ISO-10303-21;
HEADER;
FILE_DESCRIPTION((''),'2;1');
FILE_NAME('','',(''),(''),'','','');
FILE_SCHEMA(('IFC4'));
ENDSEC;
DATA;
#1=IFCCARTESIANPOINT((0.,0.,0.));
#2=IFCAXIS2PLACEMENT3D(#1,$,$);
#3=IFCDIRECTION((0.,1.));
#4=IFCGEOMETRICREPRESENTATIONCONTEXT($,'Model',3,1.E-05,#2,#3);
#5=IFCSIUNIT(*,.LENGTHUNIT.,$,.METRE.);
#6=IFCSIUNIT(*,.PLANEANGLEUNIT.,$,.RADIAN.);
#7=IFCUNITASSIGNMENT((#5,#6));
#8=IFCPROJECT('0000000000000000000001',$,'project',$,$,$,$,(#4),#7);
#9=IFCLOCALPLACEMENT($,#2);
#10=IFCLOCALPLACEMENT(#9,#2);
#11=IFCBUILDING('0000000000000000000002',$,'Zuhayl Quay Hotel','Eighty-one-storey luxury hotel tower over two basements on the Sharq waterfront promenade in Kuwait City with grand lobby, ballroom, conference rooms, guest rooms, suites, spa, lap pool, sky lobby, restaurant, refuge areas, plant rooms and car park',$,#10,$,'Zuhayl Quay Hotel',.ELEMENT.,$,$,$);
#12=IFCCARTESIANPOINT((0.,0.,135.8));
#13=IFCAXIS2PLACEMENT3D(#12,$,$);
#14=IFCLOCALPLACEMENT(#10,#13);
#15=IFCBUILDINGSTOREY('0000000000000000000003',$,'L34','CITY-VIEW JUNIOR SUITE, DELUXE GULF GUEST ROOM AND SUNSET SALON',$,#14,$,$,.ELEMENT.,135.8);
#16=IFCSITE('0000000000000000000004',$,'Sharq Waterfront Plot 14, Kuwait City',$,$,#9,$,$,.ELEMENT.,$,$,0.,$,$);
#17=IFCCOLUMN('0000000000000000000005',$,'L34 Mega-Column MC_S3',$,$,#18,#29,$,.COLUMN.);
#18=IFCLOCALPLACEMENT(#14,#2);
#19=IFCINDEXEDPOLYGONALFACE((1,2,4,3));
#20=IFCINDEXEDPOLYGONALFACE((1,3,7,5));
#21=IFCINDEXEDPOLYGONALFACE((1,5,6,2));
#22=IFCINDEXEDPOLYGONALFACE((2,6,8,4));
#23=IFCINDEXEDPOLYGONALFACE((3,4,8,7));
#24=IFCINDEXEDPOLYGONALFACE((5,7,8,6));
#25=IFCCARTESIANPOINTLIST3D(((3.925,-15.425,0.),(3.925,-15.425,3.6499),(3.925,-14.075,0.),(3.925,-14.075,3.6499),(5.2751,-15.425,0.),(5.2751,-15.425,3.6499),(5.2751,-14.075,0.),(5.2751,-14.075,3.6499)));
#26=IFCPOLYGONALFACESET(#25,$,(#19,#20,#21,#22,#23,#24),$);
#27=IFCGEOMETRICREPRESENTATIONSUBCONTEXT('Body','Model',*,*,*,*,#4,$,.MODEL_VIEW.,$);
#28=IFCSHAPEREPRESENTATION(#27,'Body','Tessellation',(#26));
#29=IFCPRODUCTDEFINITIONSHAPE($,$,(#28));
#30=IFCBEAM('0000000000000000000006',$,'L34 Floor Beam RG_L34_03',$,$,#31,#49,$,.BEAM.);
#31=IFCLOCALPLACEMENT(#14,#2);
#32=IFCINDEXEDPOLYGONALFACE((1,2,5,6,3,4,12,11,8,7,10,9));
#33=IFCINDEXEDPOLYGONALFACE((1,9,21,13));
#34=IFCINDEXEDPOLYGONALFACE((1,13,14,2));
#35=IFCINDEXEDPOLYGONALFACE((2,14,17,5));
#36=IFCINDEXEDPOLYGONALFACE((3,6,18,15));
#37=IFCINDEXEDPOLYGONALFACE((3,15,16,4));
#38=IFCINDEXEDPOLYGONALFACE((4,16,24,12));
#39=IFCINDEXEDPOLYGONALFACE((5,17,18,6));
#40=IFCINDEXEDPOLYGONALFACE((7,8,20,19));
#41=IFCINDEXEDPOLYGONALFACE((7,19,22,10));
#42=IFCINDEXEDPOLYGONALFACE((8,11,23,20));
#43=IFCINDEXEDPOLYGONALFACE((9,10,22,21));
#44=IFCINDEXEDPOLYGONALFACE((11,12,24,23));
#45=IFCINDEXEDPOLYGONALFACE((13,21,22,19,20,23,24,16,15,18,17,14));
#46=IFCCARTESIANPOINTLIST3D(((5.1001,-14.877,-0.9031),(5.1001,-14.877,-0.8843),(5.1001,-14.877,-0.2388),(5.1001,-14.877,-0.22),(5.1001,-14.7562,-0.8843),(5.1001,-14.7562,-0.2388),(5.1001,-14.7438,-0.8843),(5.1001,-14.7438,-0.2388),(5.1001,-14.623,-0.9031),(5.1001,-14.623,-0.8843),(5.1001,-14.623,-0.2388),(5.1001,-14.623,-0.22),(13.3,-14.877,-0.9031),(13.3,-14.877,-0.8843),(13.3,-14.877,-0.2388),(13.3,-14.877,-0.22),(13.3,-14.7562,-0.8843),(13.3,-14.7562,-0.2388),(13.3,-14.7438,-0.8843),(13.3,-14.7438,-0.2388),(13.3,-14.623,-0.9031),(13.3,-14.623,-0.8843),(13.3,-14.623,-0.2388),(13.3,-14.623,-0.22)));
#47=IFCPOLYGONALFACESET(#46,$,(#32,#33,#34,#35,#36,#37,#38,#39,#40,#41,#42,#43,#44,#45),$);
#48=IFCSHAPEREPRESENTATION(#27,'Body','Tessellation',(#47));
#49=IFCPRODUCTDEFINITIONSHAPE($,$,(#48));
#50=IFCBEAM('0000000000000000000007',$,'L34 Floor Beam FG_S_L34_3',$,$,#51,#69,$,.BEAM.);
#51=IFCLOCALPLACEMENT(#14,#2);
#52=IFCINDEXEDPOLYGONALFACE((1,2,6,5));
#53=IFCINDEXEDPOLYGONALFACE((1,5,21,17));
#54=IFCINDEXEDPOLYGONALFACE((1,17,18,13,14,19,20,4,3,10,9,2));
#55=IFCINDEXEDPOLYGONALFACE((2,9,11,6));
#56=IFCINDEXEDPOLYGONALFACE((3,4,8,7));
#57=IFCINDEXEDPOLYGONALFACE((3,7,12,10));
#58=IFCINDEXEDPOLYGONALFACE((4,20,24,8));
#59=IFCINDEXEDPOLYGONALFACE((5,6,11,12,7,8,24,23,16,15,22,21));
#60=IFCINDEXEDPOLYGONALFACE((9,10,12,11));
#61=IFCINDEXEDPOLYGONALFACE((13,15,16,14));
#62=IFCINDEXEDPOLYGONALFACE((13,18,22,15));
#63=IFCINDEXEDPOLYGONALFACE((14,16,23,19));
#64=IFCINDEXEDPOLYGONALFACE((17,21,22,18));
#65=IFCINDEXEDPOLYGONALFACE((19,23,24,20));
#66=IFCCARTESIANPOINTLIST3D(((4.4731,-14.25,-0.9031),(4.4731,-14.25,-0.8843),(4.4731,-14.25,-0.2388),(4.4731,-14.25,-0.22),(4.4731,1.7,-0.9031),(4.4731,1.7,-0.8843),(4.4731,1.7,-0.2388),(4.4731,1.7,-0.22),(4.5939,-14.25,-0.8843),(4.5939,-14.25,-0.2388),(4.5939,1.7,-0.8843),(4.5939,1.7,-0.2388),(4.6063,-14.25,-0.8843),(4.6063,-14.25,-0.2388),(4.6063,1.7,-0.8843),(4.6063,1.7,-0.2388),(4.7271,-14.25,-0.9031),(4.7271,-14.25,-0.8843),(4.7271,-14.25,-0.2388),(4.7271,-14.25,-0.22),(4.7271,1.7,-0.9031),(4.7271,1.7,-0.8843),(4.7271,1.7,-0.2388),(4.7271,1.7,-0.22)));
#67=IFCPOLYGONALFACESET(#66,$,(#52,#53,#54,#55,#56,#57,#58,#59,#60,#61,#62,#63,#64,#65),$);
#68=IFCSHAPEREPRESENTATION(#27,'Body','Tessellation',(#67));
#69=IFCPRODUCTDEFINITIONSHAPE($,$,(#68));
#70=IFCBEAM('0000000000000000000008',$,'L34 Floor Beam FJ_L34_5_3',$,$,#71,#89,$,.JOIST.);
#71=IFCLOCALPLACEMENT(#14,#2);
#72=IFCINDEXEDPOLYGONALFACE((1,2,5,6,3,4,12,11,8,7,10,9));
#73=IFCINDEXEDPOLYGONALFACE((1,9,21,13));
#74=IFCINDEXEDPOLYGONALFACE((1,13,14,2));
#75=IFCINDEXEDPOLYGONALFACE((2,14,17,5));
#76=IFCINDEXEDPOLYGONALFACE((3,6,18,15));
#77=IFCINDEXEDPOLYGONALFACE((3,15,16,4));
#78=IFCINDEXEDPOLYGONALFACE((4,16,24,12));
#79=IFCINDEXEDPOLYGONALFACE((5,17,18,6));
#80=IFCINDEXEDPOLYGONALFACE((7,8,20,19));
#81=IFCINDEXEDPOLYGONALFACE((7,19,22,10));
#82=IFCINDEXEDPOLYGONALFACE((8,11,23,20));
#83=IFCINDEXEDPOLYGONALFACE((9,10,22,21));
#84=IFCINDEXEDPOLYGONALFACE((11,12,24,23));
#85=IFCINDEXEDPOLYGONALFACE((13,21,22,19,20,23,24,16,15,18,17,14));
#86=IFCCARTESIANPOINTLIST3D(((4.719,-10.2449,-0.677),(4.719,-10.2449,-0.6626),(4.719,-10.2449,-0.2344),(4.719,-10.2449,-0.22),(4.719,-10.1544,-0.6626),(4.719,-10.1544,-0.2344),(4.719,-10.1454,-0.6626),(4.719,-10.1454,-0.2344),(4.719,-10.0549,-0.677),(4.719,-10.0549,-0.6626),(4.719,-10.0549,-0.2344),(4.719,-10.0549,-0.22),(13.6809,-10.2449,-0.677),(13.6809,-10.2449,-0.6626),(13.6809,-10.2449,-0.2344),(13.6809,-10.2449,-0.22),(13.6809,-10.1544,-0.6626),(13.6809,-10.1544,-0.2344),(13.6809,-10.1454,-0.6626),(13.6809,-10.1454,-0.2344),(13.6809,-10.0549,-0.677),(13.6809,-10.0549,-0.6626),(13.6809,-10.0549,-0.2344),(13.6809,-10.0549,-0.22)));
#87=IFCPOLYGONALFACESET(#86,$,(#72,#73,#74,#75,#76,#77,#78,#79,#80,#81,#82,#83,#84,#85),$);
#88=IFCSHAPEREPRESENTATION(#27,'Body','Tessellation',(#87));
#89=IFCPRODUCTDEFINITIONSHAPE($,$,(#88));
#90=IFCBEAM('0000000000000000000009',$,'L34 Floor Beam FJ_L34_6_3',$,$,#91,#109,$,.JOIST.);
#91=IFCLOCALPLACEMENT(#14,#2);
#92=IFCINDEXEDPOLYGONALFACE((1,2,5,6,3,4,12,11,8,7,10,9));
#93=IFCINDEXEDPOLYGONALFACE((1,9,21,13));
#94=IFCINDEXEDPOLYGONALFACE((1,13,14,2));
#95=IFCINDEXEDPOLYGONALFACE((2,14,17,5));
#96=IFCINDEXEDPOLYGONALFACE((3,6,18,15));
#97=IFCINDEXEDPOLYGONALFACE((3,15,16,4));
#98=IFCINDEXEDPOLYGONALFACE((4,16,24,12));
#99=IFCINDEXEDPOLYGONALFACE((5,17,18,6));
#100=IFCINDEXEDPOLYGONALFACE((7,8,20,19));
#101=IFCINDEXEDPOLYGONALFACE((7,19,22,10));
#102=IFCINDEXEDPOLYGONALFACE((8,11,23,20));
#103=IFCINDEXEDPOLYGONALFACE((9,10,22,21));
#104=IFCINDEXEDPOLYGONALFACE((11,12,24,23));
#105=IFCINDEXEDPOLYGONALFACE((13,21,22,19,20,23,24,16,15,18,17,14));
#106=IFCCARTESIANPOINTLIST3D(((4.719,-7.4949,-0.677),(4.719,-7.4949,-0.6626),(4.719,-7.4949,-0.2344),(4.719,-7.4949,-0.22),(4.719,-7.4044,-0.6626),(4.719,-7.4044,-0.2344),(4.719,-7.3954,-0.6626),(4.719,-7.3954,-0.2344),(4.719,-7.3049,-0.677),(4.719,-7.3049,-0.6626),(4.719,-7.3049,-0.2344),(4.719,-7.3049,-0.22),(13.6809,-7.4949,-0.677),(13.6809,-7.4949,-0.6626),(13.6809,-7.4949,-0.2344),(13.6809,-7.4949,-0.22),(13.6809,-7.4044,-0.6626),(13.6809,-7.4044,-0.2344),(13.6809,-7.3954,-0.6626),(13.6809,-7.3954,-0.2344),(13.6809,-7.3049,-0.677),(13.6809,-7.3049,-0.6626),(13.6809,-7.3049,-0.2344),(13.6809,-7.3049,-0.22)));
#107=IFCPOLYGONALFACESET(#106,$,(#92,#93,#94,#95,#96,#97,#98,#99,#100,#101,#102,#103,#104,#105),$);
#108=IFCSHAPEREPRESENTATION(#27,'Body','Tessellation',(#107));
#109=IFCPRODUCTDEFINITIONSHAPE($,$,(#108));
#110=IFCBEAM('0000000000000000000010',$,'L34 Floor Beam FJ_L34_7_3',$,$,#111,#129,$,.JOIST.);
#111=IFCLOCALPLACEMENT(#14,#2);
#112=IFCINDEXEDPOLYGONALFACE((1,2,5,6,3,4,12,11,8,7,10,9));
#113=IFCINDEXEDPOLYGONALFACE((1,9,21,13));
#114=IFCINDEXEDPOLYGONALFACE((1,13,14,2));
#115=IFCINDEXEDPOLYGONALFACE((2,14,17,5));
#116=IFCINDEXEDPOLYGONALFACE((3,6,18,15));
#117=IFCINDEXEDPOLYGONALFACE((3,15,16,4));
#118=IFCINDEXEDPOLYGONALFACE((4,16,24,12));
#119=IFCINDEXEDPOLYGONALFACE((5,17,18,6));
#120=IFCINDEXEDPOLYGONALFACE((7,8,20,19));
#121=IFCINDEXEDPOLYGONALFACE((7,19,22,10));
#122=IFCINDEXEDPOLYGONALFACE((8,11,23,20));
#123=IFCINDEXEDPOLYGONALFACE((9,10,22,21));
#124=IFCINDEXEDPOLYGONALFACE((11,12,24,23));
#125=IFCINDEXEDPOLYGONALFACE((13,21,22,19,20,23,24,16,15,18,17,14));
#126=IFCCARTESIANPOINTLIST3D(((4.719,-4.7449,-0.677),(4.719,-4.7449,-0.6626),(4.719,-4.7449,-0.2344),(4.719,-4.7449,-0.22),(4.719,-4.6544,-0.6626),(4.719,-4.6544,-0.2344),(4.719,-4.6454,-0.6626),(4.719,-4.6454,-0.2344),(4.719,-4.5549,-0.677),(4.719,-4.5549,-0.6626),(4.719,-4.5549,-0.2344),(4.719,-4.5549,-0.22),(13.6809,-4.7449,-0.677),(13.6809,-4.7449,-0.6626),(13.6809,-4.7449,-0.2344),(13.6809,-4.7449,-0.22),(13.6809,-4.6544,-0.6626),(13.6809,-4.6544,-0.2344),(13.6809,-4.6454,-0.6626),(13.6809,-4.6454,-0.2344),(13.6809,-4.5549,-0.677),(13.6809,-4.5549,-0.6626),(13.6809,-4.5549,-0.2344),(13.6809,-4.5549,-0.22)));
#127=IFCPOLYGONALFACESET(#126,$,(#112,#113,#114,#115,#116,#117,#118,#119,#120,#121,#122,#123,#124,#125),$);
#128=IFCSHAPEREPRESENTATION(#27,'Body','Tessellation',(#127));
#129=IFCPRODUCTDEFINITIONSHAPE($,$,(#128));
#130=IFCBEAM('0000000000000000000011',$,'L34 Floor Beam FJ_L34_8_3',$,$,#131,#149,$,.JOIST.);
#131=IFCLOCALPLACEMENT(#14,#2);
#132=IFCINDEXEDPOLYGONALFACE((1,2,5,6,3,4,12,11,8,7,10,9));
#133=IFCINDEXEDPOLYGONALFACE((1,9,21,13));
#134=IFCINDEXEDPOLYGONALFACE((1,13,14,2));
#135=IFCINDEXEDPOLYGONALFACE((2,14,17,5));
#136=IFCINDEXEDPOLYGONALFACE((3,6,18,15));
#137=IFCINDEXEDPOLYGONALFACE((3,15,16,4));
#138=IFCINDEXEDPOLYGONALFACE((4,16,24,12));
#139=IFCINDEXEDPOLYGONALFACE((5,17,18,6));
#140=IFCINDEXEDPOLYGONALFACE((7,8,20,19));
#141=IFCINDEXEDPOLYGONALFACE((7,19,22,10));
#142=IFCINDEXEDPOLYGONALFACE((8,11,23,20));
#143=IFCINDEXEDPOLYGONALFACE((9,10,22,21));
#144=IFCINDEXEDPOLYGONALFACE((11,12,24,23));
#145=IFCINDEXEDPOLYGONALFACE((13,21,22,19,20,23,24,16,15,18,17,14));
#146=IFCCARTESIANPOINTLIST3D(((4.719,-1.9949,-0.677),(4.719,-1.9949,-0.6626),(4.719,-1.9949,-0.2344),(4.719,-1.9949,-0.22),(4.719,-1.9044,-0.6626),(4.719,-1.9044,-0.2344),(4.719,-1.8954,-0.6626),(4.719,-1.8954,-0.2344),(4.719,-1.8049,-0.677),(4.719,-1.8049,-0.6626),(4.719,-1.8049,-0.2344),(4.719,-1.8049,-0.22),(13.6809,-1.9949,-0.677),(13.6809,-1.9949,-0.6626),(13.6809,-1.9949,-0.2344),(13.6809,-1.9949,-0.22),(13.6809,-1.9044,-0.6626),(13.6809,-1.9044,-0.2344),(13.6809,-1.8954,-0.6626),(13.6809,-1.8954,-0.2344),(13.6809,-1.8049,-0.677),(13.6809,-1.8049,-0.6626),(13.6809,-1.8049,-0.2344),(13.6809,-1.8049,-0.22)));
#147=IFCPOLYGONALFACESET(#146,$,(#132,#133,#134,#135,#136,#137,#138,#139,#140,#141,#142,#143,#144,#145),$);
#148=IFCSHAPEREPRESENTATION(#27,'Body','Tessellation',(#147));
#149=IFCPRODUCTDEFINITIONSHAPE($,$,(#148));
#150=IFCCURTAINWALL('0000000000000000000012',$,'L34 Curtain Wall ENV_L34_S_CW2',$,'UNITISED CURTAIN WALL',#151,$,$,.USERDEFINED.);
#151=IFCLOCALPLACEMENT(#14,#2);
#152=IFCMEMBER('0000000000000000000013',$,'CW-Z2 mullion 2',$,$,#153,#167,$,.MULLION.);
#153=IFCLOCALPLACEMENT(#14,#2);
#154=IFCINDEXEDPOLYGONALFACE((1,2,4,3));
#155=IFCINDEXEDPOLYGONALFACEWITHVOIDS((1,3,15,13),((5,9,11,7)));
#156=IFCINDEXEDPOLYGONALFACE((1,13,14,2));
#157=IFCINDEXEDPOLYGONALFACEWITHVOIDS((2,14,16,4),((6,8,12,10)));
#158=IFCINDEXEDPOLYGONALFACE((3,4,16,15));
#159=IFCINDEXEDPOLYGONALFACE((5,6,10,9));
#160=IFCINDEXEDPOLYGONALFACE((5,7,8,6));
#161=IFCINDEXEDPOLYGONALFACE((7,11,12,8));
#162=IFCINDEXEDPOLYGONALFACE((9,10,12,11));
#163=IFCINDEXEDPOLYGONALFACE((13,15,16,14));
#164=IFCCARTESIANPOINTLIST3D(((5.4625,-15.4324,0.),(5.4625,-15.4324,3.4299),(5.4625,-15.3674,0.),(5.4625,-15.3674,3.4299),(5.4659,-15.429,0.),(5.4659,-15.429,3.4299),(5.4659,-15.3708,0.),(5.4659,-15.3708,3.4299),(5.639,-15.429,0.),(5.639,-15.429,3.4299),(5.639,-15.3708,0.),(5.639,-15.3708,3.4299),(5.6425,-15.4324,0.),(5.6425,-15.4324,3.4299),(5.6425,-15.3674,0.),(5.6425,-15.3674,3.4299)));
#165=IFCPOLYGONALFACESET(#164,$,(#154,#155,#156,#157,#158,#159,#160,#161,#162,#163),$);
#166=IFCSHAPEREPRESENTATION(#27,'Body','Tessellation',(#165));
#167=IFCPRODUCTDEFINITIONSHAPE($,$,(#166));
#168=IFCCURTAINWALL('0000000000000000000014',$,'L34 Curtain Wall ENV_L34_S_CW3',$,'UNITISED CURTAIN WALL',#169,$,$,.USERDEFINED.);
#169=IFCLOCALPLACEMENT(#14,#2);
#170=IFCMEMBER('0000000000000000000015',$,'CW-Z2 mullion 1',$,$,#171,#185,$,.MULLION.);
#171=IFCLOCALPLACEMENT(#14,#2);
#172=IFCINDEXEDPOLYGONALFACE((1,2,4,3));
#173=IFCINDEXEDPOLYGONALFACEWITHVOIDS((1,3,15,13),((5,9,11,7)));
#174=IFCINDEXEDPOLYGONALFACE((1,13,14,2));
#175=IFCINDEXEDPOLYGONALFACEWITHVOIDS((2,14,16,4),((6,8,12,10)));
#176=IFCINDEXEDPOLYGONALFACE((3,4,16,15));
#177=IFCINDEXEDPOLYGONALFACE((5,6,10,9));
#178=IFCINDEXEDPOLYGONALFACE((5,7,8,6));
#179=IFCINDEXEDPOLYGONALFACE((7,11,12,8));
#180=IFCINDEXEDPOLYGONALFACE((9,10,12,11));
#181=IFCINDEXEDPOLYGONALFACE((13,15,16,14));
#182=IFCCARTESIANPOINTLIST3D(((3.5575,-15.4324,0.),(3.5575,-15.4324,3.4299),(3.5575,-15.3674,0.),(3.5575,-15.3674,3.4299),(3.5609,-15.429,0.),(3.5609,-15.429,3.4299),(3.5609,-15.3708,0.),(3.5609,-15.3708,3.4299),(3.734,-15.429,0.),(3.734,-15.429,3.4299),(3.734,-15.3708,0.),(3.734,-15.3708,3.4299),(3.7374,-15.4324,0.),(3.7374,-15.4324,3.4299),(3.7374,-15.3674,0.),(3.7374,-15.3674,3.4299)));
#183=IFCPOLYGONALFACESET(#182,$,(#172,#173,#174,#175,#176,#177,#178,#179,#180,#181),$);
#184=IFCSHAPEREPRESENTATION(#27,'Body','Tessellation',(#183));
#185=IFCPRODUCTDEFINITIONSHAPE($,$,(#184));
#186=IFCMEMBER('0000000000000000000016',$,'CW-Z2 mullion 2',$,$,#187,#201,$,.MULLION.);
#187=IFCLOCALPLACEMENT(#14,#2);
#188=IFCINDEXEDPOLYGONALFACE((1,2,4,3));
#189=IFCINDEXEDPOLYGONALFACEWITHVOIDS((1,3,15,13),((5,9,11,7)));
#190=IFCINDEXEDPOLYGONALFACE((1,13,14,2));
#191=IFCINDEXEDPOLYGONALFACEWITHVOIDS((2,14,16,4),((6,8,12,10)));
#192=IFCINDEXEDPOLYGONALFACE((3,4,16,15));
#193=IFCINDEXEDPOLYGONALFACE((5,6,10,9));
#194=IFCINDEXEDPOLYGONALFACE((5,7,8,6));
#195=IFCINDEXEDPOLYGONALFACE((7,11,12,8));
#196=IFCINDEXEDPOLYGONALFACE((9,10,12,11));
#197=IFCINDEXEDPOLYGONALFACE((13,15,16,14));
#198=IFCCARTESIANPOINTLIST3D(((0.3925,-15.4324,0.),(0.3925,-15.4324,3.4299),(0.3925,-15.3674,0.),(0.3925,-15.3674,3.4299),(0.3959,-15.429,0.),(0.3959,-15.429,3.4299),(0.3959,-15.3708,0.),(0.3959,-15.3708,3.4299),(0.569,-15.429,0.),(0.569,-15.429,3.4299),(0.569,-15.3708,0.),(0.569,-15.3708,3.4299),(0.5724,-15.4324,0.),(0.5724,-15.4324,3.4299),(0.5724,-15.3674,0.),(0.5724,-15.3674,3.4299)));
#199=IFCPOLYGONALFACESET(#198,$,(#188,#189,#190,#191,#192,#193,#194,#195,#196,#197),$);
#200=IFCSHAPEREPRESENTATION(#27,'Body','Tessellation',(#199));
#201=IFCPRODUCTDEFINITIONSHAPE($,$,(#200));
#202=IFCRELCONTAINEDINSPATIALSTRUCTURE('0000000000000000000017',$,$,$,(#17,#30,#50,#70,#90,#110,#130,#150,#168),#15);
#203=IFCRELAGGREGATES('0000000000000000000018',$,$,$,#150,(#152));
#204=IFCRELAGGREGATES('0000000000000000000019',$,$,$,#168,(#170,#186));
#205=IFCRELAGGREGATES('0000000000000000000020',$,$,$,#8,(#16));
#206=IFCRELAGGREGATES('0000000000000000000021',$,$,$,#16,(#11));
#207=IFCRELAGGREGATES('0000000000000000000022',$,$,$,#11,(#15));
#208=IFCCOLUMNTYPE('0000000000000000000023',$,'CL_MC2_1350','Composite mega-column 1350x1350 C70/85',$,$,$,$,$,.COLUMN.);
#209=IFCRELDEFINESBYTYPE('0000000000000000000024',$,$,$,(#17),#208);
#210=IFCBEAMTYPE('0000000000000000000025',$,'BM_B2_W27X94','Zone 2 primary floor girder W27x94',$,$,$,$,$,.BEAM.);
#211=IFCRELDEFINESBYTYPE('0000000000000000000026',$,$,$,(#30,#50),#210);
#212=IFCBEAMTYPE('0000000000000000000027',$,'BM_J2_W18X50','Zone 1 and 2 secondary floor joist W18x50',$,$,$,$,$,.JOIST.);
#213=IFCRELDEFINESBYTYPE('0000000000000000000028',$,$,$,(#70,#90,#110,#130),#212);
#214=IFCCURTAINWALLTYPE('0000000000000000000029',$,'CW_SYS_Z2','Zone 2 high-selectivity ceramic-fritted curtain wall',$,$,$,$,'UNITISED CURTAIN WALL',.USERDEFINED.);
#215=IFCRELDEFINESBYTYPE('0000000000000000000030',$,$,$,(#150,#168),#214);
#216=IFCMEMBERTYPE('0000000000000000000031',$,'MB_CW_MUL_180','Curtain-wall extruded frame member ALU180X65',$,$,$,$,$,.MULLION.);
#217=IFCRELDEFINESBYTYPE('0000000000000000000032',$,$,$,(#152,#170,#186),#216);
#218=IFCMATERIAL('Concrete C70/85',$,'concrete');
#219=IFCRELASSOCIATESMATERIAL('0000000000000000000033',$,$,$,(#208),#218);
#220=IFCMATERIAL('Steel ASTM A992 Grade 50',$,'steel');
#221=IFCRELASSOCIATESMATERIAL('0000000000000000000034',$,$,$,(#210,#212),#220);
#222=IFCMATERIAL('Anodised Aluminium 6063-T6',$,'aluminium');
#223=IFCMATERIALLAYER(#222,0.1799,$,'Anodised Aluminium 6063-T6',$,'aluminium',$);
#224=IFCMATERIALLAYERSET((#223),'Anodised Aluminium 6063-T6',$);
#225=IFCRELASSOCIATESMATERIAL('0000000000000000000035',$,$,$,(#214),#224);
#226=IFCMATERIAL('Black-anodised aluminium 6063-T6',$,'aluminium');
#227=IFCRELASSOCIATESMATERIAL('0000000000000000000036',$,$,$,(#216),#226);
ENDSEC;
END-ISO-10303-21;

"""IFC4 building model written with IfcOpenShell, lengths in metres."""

from ifc_helpers import new_model, si_unit, direction, frame, origin, origin_2d, place, context, subcontext, project, spatial, rectangle, hollow_rectangle, i_section, extrude, material, layer, layer_set, material_profile, profile_set, type_object, element, aggregate, save


model = new_model("IFC4")

# Units and contexts
model_context = context("Model", 3, precision=1e-05, world=origin(), true_north=direction((0.0, 1.0)))
body_context = subcontext(model_context, "Body", "Model", "MODEL_VIEW")
ifc_project = project(units=[si_unit("LENGTHUNIT", "METRE"), si_unit("PLANEANGLEUNIT", "RADIAN")], contexts=[model_context])

# Site, building, storey
site_placement = place(None, origin())
site = spatial("IfcSite", under=ifc_project, at=site_placement, Name="Sharq Waterfront Plot 14, Kuwait City", CompositionType="ELEMENT", RefElevation=0.0)
building_placement = place(site_placement, origin())
building = spatial("IfcBuilding", under=site, at=building_placement, Name="Zuhayl Quay Hotel", Description="Eighty-one-storey luxury hotel tower over two basements on the Sharq waterfront promenade in Kuwait City with grand lobby, ballroom, conference rooms, guest rooms, suites, spa, lap pool, sky lobby, restaurant, refuge areas, plant rooms and car park", LongName="Zuhayl Quay Hotel", CompositionType="ELEMENT")
storey_placement = place(building_placement, frame((0.0, 0.0, 135.8)))
storey = spatial("IfcBuildingStorey", under=building, at=storey_placement, Name="L34", Description="CITY-VIEW JUNIOR SUITE, DELUXE GULF GUEST ROOM AND SUNSET SALON", CompositionType="ELEMENT", Elevation=135.8)

# Column
ifc_material_1 = material(Name="Concrete C70/85", Category="concrete")
ifc_material_profile_1 = material_profile(ifc_material_1, rectangle(XDim=1.3501, YDim=1.3501, at=origin_2d()), Name="RC1350X1350")
ifc_profile_set_1 = profile_set([ifc_material_profile_1], Name="Concrete C70/85")
column_type = type_object("IfcColumnType", Name="CL_MC2_1350", Description="Composite mega-column 1350x1350 C70/85", PredefinedType="COLUMN", material=ifc_profile_set_1)
column_placement = place(storey_placement, frame((4.6001, -14.75, 0.0), z_axis=(0.0, 0.0, 1.0), x_axis=(1.0, 0.0, 0.0)))
element("IfcColumn", 1, at=column_placement, inside=storey, type_object=column_type, Name="L34 Mega-Column MC_S3", PredefinedType="COLUMN", context=body_context, shape_type="SweptSolid", body=[
    extrude(rectangle(XDim=1.3501, YDim=1.3501, at=origin_2d()), origin(), (0.0, 0.0, 1.0), 3.6499),
])

# Beams
ifc_material_2 = material(Name="Steel ASTM A992 Grade 50", Category="steel")
ifc_material_profile_2 = material_profile(ifc_material_2, i_section(OverallWidth=0.2539, OverallDepth=0.6831, WebThickness=0.0125, FlangeThickness=0.0188, at=origin_2d()), Name="W27X94")
ifc_profile_set_2 = profile_set([ifc_material_profile_2], Name="Steel ASTM A992 Grade 50")
beam_type_1 = type_object("IfcBeamType", Name="BM_B2_W27X94", Description="Zone 2 primary floor girder W27x94", PredefinedType="BEAM", material=ifc_profile_set_2)
beam_1_placement = place(storey_placement, frame((5.1001, -14.75, -0.5615), z_axis=(1.0, 0.0, 0.0), x_axis=(0.0, 1.0, 0.0)))
element("IfcBeam", 2, at=beam_1_placement, inside=storey, type_object=beam_type_1, Name="L34 Floor Beam RG_L34_03", PredefinedType="BEAM", context=body_context, shape_type="SweptSolid", body=[
    extrude(i_section(OverallWidth=0.2539, OverallDepth=0.6831, WebThickness=0.0125, FlangeThickness=0.0188, at=origin_2d()), origin(), (0.0, 0.0, 1.0), 8.2),
])
beam_2_placement = place(storey_placement, frame((4.6001, -14.25, -0.5615), z_axis=(0.0, 1.0, 0.0), x_axis=(-1.0, 0.0, 0.0)))
element("IfcBeam", 3, at=beam_2_placement, inside=storey, type_object=beam_type_1, Name="L34 Floor Beam FG_S_L34_3", PredefinedType="BEAM", context=body_context, shape_type="SweptSolid", body=[
    extrude(i_section(OverallWidth=0.2539, OverallDepth=0.6831, WebThickness=0.0125, FlangeThickness=0.0188, at=origin_2d()), origin(), (0.0, 0.0, 1.0), 15.95),
])
ifc_material_profile_3 = material_profile(ifc_material_2, i_section(OverallWidth=0.1899, OverallDepth=0.457, WebThickness=0.009, FlangeThickness=0.0144, at=origin_2d()), Name="W18X50")
ifc_profile_set_3 = profile_set([ifc_material_profile_3], Name="Steel ASTM A992 Grade 50")
beam_type_2 = type_object("IfcBeamType", Name="BM_J2_W18X50", Description="Zone 1 and 2 secondary floor joist W18x50", PredefinedType="JOIST", material=ifc_profile_set_3)
for number, where, z_axis, x_axis, name in (
    (4, (4.719, -10.1499, -0.4485), (1.0, 0.0, 0.0), (0.0, 1.0, 0.0), "L34 Floor Beam FJ_L34_5_3"),
    (5, (4.719, -7.3999, -0.4485), (1.0, 0.0, 0.0), (0.0, 1.0, 0.0), "L34 Floor Beam FJ_L34_6_3"),
    (6, (4.719, -4.6499, -0.4485), (1.0, 0.0, 0.0), (0.0, 1.0, 0.0), "L34 Floor Beam FJ_L34_7_3"),
    (7, (4.719, -1.8999, -0.4485), (1.0, 0.0, 0.0), (0.0, 1.0, 0.0), "L34 Floor Beam FJ_L34_8_3"),
):
    element("IfcBeam", number, at=place(storey_placement, frame(where, z_axis=z_axis, x_axis=x_axis)), inside=storey, type_object=beam_type_2, Name=name, PredefinedType="JOIST", context=body_context, shape_type="SweptSolid", body=[
        extrude(i_section(OverallWidth=0.1899, OverallDepth=0.457, WebThickness=0.009, FlangeThickness=0.0144, at=origin_2d()), origin(), (0.0, 0.0, 1.0), 8.9619),
    ])

# Curtain wall, member
ifc_material_3 = material(Name="Anodised Aluminium 6063-T6", Category="aluminium")
ifc_layer_1 = layer(ifc_material_3, 0.1799, Name="Anodised Aluminium 6063-T6", Category="aluminium")
ifc_layer_set_1 = layer_set([ifc_layer_1], Name="Anodised Aluminium 6063-T6")
curtain_wall_type = type_object("IfcCurtainWallType", Name="CW_SYS_Z2", Description="Zone 2 high-selectivity ceramic-fritted curtain wall", ElementType="UNITISED CURTAIN WALL", PredefinedType="USERDEFINED", material=ifc_layer_set_1)
curtain_wall_1_placement = place(storey_placement, origin())
curtain_wall_1 = element("IfcCurtainWall", 8, at=curtain_wall_1_placement, inside=storey, type_object=curtain_wall_type, Name="L34 Curtain Wall ENV_L34_S_CW2", ObjectType="UNITISED CURTAIN WALL", PredefinedType="USERDEFINED")
ifc_material_4 = material(Name="Black-anodised aluminium 6063-T6", Category="aluminium")
ifc_material_profile_4 = material_profile(ifc_material_4, hollow_rectangle(XDim=0.0649, YDim=0.1799, WallThickness=0.0034, at=origin_2d()), Name="ALU180X65")
ifc_profile_set_4 = profile_set([ifc_material_profile_4], Name="Black-anodised aluminium 6063-T6")
member_type_1 = type_object("IfcMemberType", Name="MB_CW_MUL_180", Description="Curtain-wall extruded frame member ALU180X65", PredefinedType="MULLION", material=ifc_profile_set_4)
member_1_placement = place(storey_placement, frame((5.5525, -15.3999, 0.0), z_axis=(0.0, 0.0, 1.0), x_axis=(0.0, -1.0, 0.0)))
member_1 = element("IfcMember", 9, at=member_1_placement, type_object=member_type_1, Name="CW-Z2 mullion 2", PredefinedType="MULLION", context=body_context, shape_type="SweptSolid", body=[
    extrude(hollow_rectangle(XDim=0.0649, YDim=0.1799, WallThickness=0.0034, at=origin_2d()), origin(), (0.0, 0.0, 1.0), 3.4299),
])
aggregate(curtain_wall_1, [member_1])

# Curtain wall, members
curtain_wall_2_placement = place(storey_placement, origin())
curtain_wall_2 = element("IfcCurtainWall", 10, at=curtain_wall_2_placement, inside=storey, type_object=curtain_wall_type, Name="L34 Curtain Wall ENV_L34_S_CW3", ObjectType="UNITISED CURTAIN WALL", PredefinedType="USERDEFINED")
member_2_placement = place(storey_placement, frame((3.6475, -15.3999, 0.0), z_axis=(0.0, 0.0, 1.0), x_axis=(0.0, -1.0, 0.0)))
member_2 = element("IfcMember", 11, at=member_2_placement, type_object=member_type_1, Name="CW-Z2 mullion 1", PredefinedType="MULLION", context=body_context, shape_type="SweptSolid", body=[
    extrude(hollow_rectangle(XDim=0.0649, YDim=0.1799, WallThickness=0.0034, at=origin_2d()), origin(), (0.0, 0.0, 1.0), 3.4299),
])
member_3_placement = place(storey_placement, frame((0.4824, -15.3999, 0.0), z_axis=(0.0, 0.0, 1.0), x_axis=(0.0, -1.0, 0.0)))
member_3 = element("IfcMember", 12, at=member_3_placement, type_object=member_type_1, Name="CW-Z2 mullion 2", PredefinedType="MULLION", context=body_context, shape_type="SweptSolid", body=[
    extrude(hollow_rectangle(XDim=0.0649, YDim=0.1799, WallThickness=0.0034, at=origin_2d()), origin(), (0.0, 0.0, 1.0), 3.4299),
])
aggregate(curtain_wall_2, [member_2, member_3])

save(model, "model.ifc")
